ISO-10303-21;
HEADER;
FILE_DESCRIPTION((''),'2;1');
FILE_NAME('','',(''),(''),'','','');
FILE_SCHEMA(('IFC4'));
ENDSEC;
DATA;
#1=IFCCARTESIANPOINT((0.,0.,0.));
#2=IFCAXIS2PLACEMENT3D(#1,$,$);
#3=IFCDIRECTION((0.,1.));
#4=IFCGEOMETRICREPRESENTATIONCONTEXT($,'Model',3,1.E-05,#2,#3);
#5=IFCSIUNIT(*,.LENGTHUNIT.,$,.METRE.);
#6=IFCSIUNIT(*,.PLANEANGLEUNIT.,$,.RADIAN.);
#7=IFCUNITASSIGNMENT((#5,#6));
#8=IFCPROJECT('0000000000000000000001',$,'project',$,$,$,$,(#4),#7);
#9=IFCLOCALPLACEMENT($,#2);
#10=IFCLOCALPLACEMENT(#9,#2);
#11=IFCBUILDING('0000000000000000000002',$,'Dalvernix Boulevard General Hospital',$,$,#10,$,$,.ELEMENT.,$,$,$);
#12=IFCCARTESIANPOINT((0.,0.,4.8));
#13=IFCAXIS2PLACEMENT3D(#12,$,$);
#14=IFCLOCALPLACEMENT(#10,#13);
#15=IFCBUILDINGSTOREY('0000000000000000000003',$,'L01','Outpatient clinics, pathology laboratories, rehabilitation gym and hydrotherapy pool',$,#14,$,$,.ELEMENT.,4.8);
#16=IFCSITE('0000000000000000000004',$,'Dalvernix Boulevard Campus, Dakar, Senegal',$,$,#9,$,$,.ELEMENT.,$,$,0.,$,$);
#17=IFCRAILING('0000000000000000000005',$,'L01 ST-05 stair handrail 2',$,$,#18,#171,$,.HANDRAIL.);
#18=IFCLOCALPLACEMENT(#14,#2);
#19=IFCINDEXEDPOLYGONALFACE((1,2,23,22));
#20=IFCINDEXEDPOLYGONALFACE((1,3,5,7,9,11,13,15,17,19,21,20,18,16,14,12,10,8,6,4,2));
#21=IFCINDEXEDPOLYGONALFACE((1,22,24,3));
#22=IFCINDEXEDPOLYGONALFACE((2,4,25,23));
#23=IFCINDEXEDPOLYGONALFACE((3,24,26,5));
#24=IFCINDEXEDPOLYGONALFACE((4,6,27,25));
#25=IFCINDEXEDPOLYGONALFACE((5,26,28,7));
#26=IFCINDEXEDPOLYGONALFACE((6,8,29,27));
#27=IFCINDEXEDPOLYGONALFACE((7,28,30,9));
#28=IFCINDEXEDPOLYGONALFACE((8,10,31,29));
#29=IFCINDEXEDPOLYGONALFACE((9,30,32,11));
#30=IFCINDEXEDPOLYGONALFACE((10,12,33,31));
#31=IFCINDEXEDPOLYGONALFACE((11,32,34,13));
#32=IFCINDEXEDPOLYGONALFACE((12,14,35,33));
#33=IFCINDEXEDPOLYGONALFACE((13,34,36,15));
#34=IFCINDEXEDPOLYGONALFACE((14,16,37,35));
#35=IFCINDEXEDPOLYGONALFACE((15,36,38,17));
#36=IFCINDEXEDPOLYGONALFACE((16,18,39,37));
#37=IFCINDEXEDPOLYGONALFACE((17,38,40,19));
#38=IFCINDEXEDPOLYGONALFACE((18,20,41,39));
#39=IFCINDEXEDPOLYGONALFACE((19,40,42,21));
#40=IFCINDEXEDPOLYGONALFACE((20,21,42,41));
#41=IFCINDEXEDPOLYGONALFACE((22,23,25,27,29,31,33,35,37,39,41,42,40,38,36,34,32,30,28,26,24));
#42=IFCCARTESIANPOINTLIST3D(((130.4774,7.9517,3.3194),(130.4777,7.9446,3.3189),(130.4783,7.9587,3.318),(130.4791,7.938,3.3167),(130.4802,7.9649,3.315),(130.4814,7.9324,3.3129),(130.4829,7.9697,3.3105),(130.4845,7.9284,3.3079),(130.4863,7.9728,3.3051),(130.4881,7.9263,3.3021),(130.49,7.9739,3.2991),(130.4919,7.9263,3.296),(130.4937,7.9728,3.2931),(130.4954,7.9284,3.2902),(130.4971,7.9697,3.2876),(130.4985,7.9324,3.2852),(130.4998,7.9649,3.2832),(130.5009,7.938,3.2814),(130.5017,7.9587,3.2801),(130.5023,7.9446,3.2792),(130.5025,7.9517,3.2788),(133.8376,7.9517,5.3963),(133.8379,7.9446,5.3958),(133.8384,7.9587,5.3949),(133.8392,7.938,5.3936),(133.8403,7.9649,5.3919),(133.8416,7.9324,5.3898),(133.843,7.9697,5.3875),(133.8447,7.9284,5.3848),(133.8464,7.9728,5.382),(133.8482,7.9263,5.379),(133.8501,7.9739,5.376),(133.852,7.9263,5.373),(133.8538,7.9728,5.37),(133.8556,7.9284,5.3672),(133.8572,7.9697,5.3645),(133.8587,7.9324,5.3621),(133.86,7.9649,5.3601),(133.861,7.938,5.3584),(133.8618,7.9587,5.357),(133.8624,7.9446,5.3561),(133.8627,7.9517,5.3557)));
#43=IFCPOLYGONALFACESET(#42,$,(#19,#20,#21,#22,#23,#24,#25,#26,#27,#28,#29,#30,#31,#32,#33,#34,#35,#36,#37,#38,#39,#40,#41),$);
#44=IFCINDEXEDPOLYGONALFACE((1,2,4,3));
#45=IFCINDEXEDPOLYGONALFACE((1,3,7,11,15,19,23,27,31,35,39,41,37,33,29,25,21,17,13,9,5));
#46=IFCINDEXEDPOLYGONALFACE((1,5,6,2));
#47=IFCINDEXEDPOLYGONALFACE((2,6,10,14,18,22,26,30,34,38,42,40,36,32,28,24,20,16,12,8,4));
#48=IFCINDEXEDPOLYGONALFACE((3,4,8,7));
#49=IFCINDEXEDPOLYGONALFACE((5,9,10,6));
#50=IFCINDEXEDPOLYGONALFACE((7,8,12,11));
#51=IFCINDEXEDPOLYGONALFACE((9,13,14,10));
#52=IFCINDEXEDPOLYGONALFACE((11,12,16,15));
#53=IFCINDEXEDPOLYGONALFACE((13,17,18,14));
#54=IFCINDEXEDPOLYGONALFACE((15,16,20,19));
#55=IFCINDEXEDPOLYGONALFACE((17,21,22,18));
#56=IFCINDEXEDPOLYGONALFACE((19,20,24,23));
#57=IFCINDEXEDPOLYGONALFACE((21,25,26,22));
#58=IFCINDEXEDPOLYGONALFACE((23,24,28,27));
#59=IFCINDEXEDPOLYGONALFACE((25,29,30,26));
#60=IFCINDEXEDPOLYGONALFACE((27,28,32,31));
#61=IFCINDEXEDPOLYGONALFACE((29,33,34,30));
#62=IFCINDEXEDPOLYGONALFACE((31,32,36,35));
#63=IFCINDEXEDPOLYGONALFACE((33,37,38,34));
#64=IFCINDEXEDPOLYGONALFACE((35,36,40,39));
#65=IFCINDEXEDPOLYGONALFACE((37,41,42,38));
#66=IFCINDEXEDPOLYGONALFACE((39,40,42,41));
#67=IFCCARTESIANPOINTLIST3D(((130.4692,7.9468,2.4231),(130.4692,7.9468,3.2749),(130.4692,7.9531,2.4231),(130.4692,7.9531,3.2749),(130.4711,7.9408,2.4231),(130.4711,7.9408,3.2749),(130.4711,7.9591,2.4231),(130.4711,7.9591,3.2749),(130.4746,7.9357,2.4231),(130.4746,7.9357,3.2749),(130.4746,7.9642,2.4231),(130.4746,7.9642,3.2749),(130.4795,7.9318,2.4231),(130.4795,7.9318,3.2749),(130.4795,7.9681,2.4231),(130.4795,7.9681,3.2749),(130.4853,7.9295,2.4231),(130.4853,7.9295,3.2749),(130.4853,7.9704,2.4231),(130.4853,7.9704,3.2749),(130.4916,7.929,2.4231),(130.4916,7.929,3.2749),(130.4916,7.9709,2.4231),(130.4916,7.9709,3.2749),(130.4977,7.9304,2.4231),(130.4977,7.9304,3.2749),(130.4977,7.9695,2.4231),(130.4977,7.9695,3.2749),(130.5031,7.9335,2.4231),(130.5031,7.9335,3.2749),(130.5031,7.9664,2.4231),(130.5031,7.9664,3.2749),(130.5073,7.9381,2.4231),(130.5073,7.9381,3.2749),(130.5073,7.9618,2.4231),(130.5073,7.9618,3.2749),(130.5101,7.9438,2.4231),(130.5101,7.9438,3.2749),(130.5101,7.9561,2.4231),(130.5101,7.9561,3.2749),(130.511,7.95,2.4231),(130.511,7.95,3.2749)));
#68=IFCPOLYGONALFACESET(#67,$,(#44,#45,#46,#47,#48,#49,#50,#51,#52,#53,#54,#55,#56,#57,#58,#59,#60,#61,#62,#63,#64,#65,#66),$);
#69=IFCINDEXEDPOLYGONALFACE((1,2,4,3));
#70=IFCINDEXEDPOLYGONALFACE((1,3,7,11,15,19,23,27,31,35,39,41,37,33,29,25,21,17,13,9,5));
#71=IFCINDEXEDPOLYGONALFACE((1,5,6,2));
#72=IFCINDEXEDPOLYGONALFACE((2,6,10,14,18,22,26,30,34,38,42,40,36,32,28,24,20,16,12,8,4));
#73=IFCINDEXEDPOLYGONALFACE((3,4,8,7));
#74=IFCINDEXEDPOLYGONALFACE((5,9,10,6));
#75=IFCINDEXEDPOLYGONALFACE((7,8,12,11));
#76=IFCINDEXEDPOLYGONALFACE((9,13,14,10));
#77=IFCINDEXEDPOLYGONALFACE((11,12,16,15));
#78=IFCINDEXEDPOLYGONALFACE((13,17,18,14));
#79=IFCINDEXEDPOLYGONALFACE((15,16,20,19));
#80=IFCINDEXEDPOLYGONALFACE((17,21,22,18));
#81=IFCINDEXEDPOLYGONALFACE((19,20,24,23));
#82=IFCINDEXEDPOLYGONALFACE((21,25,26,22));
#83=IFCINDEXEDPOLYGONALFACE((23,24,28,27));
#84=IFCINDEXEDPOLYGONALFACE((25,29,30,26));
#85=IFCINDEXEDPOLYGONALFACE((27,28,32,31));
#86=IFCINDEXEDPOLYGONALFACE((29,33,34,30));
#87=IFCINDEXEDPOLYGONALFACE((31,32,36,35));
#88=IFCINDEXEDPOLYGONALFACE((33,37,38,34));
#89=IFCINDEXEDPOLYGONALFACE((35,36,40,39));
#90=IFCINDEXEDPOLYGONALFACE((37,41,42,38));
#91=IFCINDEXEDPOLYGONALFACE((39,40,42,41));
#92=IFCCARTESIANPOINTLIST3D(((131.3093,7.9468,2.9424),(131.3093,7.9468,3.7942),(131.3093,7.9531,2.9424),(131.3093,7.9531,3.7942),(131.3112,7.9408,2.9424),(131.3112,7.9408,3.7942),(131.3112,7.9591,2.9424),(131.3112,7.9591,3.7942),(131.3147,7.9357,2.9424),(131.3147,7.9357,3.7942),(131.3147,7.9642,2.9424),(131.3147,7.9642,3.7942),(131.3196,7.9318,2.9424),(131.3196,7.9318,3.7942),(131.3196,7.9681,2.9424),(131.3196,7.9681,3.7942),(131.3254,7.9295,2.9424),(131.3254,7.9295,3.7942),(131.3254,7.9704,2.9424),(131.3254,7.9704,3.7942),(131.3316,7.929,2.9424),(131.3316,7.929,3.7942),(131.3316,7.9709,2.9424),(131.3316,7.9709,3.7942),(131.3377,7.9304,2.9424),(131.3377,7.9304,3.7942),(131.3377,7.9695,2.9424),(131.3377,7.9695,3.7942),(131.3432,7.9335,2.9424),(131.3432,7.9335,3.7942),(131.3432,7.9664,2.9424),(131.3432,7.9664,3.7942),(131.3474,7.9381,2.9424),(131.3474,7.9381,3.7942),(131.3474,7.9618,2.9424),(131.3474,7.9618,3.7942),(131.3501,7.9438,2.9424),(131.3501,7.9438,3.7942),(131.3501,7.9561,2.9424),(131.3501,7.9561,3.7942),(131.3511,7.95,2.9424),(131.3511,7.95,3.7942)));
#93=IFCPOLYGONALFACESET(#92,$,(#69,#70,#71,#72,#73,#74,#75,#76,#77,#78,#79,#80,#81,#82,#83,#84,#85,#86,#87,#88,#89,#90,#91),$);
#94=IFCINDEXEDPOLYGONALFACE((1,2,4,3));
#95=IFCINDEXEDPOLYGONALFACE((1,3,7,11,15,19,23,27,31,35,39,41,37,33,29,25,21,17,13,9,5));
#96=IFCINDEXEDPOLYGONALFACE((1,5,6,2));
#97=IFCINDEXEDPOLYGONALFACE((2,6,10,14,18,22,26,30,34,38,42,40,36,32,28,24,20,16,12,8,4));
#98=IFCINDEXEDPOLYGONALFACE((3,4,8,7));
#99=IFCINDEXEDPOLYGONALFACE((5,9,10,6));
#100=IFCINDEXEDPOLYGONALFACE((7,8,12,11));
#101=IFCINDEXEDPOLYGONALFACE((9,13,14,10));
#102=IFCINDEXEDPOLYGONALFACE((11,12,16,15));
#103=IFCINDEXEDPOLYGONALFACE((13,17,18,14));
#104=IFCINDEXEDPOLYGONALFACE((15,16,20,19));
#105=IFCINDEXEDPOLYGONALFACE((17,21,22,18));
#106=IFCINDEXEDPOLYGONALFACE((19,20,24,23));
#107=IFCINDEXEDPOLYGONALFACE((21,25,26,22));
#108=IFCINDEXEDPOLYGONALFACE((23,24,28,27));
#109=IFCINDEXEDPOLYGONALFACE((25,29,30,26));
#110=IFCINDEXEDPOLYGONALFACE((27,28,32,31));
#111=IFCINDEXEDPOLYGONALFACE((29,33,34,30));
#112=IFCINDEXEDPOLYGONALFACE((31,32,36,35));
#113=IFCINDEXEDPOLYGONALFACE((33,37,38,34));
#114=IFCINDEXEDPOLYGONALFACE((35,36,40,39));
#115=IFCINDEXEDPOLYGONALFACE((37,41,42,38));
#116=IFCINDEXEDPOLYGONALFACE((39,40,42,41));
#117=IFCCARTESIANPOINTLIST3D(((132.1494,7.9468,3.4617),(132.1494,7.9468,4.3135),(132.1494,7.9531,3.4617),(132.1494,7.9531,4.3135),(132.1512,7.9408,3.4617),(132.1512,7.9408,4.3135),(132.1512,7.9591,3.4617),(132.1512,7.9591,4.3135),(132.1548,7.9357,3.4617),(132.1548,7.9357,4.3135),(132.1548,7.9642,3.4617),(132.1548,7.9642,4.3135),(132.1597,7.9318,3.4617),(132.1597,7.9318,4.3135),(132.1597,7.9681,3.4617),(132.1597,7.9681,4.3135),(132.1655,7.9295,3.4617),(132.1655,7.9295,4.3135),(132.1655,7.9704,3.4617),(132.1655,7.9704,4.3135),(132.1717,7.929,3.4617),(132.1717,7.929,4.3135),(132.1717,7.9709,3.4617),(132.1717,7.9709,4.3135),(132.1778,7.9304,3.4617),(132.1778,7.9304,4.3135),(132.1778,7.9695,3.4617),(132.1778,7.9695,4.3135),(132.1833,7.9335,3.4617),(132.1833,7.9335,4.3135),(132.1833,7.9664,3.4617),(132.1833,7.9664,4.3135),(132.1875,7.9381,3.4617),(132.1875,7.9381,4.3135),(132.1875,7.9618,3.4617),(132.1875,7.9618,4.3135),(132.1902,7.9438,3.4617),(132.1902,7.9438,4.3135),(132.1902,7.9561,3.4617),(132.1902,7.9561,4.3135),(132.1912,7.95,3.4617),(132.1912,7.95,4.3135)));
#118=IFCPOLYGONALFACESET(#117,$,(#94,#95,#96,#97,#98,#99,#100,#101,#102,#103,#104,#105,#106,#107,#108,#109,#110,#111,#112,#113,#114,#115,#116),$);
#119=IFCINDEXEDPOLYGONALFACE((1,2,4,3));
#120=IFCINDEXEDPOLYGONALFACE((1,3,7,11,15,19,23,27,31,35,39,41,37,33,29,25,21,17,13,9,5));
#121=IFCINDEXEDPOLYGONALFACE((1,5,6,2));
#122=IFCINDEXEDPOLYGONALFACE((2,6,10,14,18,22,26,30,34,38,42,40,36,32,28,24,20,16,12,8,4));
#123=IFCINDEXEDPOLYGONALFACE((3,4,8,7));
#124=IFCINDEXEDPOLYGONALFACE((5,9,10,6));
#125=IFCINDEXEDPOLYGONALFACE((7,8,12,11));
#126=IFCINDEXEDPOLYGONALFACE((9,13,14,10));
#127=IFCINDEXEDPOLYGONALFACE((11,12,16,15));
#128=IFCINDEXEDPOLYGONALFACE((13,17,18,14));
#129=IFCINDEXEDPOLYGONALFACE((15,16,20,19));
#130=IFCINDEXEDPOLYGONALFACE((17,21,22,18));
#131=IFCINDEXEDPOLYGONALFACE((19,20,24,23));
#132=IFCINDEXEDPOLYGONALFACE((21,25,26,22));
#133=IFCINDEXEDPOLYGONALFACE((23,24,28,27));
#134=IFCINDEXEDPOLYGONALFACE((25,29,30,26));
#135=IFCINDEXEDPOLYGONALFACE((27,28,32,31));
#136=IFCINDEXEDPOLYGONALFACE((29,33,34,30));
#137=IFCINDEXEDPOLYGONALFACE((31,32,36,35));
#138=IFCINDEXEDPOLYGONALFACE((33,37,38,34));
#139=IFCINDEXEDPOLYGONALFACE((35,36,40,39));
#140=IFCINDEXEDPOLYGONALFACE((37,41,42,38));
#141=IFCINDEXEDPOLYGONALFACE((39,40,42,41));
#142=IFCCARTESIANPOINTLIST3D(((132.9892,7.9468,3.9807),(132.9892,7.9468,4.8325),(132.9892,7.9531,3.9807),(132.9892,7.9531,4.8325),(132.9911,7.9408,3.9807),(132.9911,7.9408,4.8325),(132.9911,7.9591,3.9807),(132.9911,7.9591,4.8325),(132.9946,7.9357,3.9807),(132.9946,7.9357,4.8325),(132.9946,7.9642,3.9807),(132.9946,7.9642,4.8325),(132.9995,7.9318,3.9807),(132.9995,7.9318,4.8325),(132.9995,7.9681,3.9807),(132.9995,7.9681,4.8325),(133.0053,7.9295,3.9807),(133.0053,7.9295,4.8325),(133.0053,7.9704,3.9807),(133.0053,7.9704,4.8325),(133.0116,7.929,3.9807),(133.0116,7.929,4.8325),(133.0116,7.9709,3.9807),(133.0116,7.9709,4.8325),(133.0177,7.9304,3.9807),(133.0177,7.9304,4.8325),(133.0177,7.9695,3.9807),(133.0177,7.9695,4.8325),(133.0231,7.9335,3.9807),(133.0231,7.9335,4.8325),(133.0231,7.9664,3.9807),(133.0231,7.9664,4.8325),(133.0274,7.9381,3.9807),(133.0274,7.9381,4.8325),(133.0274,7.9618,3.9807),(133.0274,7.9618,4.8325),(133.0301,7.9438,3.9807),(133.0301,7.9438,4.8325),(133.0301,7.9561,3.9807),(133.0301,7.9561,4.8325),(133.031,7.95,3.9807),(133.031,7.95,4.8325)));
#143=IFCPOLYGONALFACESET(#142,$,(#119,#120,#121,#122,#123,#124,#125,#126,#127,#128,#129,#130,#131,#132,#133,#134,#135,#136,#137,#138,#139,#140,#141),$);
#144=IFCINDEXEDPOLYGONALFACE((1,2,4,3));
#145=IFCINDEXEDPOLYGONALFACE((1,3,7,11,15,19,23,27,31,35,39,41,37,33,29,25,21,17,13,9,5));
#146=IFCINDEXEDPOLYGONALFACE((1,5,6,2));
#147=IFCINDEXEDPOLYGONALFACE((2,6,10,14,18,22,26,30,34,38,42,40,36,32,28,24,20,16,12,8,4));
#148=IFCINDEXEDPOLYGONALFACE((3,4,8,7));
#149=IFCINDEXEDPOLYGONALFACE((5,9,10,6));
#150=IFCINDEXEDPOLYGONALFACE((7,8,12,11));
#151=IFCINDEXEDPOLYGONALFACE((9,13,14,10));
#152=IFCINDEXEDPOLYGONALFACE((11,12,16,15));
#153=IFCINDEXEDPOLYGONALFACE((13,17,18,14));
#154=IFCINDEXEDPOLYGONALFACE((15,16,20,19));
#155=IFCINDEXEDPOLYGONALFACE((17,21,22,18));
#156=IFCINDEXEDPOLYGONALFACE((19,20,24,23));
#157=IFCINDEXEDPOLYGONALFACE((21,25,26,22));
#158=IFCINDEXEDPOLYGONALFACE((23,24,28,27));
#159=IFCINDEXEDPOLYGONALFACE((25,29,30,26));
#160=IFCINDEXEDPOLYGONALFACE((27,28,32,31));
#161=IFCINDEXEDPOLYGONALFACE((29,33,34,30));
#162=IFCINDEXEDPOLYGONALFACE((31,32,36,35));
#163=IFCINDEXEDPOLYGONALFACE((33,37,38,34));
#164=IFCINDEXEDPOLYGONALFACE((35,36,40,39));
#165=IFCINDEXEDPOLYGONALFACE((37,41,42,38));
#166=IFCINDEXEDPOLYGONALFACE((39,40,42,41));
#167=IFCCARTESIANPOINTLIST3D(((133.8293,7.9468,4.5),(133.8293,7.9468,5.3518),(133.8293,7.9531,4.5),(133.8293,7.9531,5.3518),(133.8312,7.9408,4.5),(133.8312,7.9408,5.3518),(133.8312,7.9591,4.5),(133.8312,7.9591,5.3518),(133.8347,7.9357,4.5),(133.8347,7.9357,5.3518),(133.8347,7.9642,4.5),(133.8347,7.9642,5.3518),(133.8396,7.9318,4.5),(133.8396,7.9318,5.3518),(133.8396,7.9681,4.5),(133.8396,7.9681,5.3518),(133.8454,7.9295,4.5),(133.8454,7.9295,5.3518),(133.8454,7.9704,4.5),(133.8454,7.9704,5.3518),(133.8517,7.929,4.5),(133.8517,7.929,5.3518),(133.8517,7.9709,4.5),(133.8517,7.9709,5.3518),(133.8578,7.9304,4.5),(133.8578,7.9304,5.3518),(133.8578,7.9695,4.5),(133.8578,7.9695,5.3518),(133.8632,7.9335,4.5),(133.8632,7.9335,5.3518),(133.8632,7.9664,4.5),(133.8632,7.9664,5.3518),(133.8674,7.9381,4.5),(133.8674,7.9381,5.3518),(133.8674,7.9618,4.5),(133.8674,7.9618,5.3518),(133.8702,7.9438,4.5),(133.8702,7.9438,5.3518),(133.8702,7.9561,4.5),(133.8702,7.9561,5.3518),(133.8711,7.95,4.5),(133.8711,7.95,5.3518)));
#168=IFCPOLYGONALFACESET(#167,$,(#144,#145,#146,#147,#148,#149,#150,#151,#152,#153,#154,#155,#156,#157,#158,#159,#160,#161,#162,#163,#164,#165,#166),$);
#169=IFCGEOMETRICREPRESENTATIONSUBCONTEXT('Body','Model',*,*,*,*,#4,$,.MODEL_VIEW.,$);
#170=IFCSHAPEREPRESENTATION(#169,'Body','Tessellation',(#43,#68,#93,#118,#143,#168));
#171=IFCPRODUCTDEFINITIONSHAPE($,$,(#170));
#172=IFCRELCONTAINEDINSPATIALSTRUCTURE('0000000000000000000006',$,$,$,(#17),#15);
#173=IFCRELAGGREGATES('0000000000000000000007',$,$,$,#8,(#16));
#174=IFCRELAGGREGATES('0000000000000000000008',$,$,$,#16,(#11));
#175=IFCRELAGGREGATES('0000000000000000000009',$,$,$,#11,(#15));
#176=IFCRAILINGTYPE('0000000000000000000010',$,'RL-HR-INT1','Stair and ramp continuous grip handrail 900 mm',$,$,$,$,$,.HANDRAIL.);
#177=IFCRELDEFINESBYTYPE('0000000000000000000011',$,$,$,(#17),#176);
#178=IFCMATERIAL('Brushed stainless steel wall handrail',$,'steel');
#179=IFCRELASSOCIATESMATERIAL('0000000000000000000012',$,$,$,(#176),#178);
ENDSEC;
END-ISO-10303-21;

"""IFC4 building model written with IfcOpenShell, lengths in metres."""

from ifc_helpers import new_model, si_unit, direction, frame, origin, origin_2d, place, context, subcontext, project, spatial, circle, extrude, material, type_object, element, save


model = new_model("IFC4")

# Units and contexts
model_context = context("Model", 3, precision=1e-05, world=origin(), true_north=direction((0.0, 1.0)))
body_context = subcontext(model_context, "Body", "Model", "MODEL_VIEW")
ifc_project = project(units=[si_unit("LENGTHUNIT", "METRE"), si_unit("PLANEANGLEUNIT", "RADIAN")], contexts=[model_context])

# Site, building, storey
site_placement = place(None, origin())
site = spatial("IfcSite", under=ifc_project, at=site_placement, Name="Dalvernix Boulevard Campus, Dakar, Senegal", CompositionType="ELEMENT", RefElevation=0.0)
building_placement = place(site_placement, origin())
building = spatial("IfcBuilding", under=site, at=building_placement, Name="Dalvernix Boulevard General Hospital", CompositionType="ELEMENT")
storey_placement = place(building_placement, frame((0.0, 0.0, 4.8)))
storey = spatial("IfcBuildingStorey", under=building, at=storey_placement, Name="L01", Description="Outpatient clinics, pathology laboratories, rehabilitation gym and hydrotherapy pool", CompositionType="ELEMENT", Elevation=4.8)

# Railing
ifc_material_1 = material(Name="Brushed stainless steel wall handrail", Category="steel")
railing_type_1 = type_object("IfcRailingType", Name="RL-HR-INT1", Description="Stair and ramp continuous grip handrail 900 mm", PredefinedType="HANDRAIL", material=ifc_material_1)
railing_1_placement = place(storey_placement, frame((130.49, 7.95, 2.4231)))
element("IfcRailing", 1, at=railing_1_placement, inside=storey, type_object=railing_type_1, Name="L01 ST-05 stair handrail 2", PredefinedType="HANDRAIL", context=body_context, shape_type="SweptSolid", body=[
    extrude(circle(Radius=0.0239, at=origin_2d()), frame((0.0, 0.0, 0.876), z_axis=(0.850623, 0.0, 0.525776), x_axis=(0.0, 1.0, 0.0)), (0.0, 0.0, 1.0), 3.9502),
    extrude(circle(Radius=0.021, at=origin_2d()), origin(), (0.0, 0.0, 1.0), 0.8518),
    extrude(circle(Radius=0.021, at=origin_2d()), frame((0.8401, 0.0, 0.5193)), (0.0, 0.0, 1.0), 0.8518),
    extrude(circle(Radius=0.021, at=origin_2d()), frame((1.6802, 0.0, 1.0386)), (0.0, 0.0, 1.0), 0.8518),
    extrude(circle(Radius=0.021, at=origin_2d()), frame((2.52, 0.0, 1.5576)), (0.0, 0.0, 1.0), 0.8518),
    extrude(circle(Radius=0.021, at=origin_2d()), frame((3.3601, 0.0, 2.0769)), (0.0, 0.0, 1.0), 0.8518),
])

save(model, "model.ifc")
